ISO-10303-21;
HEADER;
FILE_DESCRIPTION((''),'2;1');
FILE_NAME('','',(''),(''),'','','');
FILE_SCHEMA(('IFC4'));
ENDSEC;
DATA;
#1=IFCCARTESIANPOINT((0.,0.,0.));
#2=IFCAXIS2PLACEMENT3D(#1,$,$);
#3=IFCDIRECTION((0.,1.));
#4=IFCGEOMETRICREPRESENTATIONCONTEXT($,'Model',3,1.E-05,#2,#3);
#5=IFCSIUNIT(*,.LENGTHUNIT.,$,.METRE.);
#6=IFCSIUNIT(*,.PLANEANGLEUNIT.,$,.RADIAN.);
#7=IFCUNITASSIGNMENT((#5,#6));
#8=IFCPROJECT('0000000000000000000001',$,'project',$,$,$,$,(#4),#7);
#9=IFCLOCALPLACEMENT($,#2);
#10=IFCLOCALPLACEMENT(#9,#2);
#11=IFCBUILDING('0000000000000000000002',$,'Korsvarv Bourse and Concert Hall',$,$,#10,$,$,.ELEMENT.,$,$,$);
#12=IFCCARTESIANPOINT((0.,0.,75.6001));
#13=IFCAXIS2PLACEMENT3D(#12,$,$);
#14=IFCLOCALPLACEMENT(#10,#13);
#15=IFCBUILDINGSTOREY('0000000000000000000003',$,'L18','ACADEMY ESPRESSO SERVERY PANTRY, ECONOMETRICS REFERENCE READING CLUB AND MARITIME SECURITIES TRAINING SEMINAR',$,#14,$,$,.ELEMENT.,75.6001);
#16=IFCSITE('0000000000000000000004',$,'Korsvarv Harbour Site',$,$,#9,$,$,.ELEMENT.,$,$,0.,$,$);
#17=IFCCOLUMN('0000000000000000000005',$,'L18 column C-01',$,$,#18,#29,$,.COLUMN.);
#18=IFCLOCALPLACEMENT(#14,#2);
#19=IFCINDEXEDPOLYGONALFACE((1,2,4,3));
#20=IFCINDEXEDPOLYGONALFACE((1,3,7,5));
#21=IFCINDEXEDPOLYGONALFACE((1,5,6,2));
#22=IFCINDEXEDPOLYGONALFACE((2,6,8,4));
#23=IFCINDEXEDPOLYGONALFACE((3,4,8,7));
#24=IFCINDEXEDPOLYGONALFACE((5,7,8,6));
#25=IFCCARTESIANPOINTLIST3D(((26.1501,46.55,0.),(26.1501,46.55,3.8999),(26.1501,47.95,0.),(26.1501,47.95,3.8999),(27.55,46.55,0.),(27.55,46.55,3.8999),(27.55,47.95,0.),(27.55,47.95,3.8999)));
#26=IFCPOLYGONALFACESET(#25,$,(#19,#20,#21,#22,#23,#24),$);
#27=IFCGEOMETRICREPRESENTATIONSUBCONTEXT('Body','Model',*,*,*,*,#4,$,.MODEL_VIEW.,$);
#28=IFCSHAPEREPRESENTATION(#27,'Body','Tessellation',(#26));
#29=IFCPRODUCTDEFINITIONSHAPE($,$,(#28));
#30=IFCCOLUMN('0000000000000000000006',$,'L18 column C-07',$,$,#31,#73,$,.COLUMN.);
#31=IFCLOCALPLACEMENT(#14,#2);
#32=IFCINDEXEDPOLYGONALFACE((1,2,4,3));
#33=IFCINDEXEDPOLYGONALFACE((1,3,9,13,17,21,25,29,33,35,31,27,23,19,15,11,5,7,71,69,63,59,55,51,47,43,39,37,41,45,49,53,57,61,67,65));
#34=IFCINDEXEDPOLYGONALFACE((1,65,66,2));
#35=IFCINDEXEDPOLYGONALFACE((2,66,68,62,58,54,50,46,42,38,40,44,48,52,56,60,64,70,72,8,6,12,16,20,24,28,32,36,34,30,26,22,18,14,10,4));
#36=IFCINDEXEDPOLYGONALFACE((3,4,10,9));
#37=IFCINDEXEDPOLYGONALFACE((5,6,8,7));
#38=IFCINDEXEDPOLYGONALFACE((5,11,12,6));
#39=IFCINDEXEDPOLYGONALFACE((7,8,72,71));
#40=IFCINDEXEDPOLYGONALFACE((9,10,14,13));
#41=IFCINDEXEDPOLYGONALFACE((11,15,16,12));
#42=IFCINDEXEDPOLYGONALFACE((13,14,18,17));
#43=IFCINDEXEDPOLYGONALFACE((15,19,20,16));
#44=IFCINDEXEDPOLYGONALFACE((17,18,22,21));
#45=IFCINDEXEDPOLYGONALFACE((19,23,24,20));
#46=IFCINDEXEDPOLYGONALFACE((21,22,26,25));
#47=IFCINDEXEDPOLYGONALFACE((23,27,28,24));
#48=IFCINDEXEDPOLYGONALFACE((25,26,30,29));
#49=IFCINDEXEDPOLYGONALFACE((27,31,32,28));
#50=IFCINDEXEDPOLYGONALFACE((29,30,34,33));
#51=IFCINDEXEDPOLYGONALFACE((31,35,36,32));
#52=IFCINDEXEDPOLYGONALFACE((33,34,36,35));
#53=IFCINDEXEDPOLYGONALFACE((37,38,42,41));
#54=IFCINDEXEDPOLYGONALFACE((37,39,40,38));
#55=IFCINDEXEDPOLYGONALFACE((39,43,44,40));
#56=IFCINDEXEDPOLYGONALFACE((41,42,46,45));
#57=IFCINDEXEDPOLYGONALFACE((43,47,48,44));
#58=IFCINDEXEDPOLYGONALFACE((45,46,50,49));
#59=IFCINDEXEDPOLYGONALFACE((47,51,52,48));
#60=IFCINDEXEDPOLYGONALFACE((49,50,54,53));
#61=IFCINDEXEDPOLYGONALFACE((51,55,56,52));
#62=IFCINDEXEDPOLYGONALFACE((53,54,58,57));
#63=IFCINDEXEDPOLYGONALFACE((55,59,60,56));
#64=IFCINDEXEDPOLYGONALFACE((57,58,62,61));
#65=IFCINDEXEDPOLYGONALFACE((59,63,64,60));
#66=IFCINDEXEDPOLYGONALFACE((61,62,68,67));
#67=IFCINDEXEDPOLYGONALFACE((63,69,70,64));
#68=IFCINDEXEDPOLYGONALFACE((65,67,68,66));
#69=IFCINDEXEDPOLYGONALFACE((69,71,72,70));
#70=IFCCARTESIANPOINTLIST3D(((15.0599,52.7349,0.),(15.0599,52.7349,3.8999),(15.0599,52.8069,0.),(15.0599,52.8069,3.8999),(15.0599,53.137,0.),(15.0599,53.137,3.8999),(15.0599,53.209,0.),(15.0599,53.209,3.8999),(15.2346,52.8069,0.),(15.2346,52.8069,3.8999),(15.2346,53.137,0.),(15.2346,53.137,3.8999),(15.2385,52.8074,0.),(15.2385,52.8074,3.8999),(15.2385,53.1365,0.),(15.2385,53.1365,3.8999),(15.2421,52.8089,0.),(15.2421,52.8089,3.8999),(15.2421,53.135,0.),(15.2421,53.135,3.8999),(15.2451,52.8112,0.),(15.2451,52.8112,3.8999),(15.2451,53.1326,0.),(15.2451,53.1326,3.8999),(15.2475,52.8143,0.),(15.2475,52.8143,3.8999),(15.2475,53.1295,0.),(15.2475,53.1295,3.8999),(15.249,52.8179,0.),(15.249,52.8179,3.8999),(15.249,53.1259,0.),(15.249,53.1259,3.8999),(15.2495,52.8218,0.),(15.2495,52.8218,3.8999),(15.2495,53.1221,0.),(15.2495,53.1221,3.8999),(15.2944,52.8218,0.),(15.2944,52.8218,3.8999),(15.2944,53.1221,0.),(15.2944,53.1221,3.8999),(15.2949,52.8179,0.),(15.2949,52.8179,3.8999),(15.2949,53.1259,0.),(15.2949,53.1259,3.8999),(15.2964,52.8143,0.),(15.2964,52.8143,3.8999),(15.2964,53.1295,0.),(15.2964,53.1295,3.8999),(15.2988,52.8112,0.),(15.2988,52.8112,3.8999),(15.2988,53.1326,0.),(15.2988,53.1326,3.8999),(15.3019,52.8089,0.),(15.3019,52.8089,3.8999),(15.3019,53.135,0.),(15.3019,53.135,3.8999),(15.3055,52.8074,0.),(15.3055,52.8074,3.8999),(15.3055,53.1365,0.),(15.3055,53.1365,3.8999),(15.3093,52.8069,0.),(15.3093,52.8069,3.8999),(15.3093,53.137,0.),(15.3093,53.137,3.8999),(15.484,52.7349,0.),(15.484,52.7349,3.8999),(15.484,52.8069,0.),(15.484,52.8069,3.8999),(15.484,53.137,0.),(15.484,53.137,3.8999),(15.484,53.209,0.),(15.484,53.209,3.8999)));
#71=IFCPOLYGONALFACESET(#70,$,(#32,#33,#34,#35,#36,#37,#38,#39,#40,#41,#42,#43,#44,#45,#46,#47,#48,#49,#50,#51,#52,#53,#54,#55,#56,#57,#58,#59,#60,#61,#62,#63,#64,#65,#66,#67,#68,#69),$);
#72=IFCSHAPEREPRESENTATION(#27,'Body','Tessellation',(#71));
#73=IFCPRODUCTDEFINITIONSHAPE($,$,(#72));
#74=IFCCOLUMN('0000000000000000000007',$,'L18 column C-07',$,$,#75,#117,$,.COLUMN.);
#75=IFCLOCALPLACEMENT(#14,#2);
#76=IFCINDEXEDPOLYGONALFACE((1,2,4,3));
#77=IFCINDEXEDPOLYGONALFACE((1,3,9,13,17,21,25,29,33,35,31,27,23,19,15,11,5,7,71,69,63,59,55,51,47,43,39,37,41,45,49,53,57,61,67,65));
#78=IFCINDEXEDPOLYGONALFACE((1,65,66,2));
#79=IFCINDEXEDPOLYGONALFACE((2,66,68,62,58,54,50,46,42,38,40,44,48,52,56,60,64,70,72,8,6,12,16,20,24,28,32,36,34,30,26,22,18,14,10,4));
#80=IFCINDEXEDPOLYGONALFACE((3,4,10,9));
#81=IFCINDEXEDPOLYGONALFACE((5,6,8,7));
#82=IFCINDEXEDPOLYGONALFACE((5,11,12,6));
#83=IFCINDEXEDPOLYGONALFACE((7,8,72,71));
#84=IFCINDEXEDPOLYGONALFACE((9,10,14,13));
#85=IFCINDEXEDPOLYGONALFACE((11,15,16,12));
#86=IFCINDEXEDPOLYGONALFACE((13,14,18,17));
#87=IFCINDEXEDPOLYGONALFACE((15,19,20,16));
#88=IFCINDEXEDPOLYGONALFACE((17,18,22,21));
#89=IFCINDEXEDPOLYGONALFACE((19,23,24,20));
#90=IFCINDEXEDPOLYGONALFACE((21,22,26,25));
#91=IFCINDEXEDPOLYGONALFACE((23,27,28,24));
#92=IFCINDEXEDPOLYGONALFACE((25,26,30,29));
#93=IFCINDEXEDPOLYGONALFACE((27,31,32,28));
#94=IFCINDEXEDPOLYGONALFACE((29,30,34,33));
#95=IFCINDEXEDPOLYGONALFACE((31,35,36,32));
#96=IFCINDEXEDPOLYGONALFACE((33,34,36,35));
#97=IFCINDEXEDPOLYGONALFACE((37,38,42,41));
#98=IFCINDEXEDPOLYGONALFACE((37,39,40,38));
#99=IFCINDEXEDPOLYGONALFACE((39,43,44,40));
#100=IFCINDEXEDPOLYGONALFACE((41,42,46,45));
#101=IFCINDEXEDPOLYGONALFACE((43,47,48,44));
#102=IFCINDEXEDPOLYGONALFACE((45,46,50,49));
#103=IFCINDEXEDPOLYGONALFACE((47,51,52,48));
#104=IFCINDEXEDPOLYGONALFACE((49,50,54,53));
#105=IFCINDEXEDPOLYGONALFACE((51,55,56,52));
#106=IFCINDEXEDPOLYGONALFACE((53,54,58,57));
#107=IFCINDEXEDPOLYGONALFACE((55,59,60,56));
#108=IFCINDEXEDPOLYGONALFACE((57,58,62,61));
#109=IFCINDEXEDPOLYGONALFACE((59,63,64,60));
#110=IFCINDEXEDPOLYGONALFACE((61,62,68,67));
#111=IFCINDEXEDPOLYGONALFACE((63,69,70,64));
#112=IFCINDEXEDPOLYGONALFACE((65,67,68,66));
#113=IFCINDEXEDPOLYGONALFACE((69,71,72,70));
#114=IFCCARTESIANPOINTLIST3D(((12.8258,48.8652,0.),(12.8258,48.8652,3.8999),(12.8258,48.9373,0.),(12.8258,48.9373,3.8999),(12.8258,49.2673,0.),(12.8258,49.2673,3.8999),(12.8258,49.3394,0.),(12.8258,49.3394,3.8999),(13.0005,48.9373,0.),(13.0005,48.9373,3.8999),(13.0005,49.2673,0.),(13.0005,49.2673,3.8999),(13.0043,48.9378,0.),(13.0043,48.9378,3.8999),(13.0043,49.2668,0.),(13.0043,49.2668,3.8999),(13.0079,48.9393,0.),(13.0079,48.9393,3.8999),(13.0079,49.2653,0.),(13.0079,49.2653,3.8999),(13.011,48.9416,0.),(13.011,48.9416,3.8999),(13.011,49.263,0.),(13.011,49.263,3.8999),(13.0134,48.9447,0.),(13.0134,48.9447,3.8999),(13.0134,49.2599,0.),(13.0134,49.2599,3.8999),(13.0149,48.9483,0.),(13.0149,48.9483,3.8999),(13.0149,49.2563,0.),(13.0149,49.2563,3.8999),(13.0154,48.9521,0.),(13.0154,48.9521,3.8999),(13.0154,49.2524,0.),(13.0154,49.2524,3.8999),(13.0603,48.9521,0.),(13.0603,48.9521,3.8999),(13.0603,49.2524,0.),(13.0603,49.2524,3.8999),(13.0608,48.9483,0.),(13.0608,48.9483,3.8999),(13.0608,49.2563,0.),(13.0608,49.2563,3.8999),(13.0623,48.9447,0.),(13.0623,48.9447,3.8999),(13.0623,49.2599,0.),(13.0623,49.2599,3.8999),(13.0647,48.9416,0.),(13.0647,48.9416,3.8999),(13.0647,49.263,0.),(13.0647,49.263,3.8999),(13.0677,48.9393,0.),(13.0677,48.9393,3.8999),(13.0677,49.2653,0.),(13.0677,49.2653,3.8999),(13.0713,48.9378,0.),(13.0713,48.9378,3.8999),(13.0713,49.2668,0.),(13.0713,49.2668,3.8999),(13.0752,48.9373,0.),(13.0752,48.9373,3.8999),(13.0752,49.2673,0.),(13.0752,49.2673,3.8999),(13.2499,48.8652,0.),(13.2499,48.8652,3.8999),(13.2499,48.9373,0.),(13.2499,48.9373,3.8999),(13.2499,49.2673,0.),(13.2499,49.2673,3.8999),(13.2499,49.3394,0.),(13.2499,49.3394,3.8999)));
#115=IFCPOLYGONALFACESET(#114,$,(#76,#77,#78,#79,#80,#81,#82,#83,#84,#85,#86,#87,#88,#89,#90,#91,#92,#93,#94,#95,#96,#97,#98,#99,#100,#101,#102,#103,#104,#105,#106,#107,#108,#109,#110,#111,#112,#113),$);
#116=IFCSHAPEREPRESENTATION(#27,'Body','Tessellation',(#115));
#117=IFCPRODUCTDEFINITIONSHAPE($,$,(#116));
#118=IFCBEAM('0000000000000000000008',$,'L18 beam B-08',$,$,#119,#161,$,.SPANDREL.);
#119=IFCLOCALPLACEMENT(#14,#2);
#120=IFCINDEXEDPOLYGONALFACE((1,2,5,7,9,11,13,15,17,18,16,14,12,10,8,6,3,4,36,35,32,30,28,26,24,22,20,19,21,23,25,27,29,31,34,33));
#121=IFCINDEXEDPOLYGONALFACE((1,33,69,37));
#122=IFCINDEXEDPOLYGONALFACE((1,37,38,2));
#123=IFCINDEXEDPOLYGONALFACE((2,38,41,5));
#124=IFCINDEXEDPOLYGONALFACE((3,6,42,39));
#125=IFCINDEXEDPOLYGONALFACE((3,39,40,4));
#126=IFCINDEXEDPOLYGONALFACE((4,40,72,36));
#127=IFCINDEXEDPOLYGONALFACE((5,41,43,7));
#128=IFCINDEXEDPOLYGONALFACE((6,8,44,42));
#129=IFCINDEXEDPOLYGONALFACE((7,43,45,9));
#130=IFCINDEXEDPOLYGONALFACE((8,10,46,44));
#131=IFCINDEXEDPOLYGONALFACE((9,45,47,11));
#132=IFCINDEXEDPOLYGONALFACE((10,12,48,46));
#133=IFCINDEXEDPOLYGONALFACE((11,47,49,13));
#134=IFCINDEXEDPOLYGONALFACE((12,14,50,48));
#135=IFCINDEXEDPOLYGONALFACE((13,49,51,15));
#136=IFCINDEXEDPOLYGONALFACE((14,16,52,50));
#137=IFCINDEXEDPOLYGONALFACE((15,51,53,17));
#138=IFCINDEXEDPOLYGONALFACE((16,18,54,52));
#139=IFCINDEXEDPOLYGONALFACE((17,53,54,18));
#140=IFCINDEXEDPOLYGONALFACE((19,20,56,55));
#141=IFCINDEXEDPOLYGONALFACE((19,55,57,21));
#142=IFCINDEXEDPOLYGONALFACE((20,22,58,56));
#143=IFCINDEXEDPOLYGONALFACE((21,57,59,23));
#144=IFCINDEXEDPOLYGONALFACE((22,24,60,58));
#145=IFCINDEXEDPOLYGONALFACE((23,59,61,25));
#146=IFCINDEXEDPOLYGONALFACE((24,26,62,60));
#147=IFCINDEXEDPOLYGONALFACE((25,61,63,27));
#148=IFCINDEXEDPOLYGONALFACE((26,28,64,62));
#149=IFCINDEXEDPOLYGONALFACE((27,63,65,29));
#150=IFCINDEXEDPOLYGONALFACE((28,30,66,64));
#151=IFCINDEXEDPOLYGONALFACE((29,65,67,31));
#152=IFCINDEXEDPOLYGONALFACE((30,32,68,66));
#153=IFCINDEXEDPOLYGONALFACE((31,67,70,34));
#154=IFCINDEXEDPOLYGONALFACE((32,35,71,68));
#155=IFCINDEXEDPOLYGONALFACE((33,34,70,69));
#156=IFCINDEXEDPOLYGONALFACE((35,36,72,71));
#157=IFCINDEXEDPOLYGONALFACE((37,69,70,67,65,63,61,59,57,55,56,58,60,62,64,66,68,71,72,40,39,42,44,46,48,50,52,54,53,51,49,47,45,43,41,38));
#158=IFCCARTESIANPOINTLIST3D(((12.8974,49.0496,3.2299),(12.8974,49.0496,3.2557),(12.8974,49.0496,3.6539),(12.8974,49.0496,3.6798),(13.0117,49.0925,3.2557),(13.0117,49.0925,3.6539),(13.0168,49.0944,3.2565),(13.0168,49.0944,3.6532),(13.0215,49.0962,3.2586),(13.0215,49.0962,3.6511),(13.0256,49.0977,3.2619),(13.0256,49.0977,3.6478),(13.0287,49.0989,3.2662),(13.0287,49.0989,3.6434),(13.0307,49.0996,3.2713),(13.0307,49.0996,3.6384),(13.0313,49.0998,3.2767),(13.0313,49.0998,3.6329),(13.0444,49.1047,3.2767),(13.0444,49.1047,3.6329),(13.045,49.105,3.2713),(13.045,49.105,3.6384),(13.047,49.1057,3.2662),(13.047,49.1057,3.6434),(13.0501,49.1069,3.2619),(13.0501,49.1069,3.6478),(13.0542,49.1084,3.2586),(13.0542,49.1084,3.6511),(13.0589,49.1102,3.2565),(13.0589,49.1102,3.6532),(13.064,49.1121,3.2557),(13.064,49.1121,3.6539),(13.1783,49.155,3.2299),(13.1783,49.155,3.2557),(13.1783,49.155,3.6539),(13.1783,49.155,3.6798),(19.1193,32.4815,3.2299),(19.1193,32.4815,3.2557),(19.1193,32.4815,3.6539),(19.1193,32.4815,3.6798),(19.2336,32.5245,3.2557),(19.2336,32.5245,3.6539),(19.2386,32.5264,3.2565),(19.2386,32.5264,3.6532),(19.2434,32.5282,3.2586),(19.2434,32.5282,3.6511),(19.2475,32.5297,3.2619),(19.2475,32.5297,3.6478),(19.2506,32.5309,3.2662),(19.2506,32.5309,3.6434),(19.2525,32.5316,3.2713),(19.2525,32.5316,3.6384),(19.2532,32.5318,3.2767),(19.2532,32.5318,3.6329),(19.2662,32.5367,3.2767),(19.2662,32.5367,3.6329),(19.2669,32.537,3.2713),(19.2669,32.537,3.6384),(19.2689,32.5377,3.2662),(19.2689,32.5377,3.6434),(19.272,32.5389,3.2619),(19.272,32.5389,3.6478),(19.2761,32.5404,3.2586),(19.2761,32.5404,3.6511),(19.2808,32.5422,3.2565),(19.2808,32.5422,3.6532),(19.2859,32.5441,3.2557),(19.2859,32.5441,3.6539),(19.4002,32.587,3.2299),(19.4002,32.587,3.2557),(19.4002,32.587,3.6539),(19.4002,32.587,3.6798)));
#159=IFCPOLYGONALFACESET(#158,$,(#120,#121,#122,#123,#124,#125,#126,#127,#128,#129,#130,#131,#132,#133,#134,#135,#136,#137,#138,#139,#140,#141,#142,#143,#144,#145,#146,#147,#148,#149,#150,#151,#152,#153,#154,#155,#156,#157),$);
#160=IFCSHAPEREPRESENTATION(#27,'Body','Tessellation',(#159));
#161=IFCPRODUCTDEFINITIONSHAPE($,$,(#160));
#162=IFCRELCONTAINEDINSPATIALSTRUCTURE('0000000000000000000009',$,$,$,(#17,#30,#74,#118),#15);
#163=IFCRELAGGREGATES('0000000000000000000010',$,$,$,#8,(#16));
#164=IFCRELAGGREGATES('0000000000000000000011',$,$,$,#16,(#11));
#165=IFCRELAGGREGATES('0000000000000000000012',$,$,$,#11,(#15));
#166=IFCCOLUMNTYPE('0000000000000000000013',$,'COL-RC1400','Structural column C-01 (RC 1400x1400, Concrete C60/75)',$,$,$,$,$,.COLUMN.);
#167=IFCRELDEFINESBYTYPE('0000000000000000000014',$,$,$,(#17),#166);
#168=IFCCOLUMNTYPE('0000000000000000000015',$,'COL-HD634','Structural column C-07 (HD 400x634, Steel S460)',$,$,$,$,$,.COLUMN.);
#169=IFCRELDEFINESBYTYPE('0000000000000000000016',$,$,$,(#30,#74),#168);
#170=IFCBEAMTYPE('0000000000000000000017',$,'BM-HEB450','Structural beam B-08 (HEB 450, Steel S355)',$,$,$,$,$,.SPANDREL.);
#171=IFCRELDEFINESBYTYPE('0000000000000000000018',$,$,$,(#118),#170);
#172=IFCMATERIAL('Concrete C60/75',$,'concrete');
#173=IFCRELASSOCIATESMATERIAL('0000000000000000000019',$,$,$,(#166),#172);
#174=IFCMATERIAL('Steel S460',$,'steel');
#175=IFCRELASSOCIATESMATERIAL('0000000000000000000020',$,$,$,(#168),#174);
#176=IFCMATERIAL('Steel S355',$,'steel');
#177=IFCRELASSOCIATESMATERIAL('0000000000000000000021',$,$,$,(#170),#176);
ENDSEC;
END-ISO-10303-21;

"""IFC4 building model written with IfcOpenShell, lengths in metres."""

from ifc_helpers import new_model, si_unit, direction, frame, origin, origin_2d, place, context, subcontext, project, spatial, rectangle, i_section, extrude, source, transform, mapped, material, material_profile, profile_set, type_object, element, save


model = new_model("IFC4")

# Units and contexts
model_context = context("Model", 3, precision=1e-05, world=origin(), true_north=direction((0.0, 1.0)))
body_context = subcontext(model_context, "Body", "Model", "MODEL_VIEW")
ifc_project = project(units=[si_unit("LENGTHUNIT", "METRE"), si_unit("PLANEANGLEUNIT", "RADIAN")], contexts=[model_context])

# Site, building, storey
site_placement = place(None, origin())
site = spatial("IfcSite", under=ifc_project, at=site_placement, Name="Korsvarv Harbour Site", CompositionType="ELEMENT", RefElevation=0.0)
building_placement = place(site_placement, origin())
building = spatial("IfcBuilding", under=site, at=building_placement, Name="Korsvarv Bourse and Concert Hall", CompositionType="ELEMENT")
storey_placement = place(building_placement, frame((0.0, 0.0, 75.6001)))
storey = spatial("IfcBuildingStorey", under=building, at=storey_placement, Name="L18", Description="ACADEMY ESPRESSO SERVERY PANTRY, ECONOMETRICS REFERENCE READING CLUB AND MARITIME SECURITIES TRAINING SEMINAR", CompositionType="ELEMENT", Elevation=75.6001)

# Columns
ifc_material_1 = material(Name="Concrete C60/75", Category="concrete")
ifc_material_profile_1 = material_profile(ifc_material_1, rectangle(XDim=1.3999, YDim=1.3999, at=origin_2d()), Name="RC 1400x1400")
ifc_profile_set_1 = profile_set([ifc_material_profile_1], Name="Concrete C60/75")
column_type_1 = type_object("IfcColumnType", Name="COL-RC1400", Description="Structural column C-01 (RC 1400x1400, Concrete C60/75)", PredefinedType="COLUMN", material=ifc_profile_set_1)
shared_shape_1 = source(origin(), body_context, "Body", "SweptSolid", [
    extrude(rectangle(XDim=1.3999, YDim=1.3999, at=origin_2d()), origin(), (0.0, 0.0, 1.0), 3.8999),
])
column_placement = place(storey_placement, frame((26.8501, 47.25, 0.0), z_axis=(0.0, 0.0, 1.0), x_axis=(1.0, 0.0, 0.0)))
element("IfcColumn", 1, at=column_placement, inside=storey, type_object=column_type_1, Name="L18 column C-01", PredefinedType="COLUMN", context=body_context, shape_type="MappedRepresentation", body=[
    mapped(shared_shape_1, transform((0.0, 0.0, 0.0), scale=1.0)),
])
ifc_material_2 = material(Name="Steel S460", Category="steel")
ifc_material_profile_2 = material_profile(ifc_material_2, i_section(OverallWidth=0.4241, OverallDepth=0.4741, WebThickness=0.0449, FlangeThickness=0.072, FilletRadius=0.0149, at=origin_2d()), Name="HD 400x634")
ifc_profile_set_2 = profile_set([ifc_material_profile_2], Name="Steel S460")
column_type_2 = type_object("IfcColumnType", Name="COL-HD634", Description="Structural column C-07 (HD 400x634, Steel S460)", PredefinedType="COLUMN", material=ifc_profile_set_2)
shared_shape_2 = source(origin(), body_context, "Body", "SweptSolid", [
    extrude(i_section(OverallWidth=0.4241, OverallDepth=0.4741, WebThickness=0.0449, FlangeThickness=0.072, FilletRadius=0.0149, at=origin_2d()), origin(), (0.0, 0.0, 1.0), 3.8999),
])
for number, where, z_axis, x_axis, name in (
    (2, (15.272, 52.9719, 0.0), (0.0, 0.0, 1.0), (1.0, 0.0, 0.0), "L18 column C-07"),
    (3, (13.0378, 49.1023, 0.0), (0.0, 0.0, 1.0), (1.0, 0.0, 0.0), "L18 column C-07"),
):
    element("IfcColumn", number, at=place(storey_placement, frame(where, z_axis=z_axis, x_axis=x_axis)), inside=storey, type_object=column_type_2, Name=name, PredefinedType="COLUMN", context=body_context, shape_type="MappedRepresentation", body=[
        mapped(shared_shape_2, transform((0.0, 0.0, 0.0), scale=1.0)),
    ])

# Beam
ifc_material_3 = material(Name="Steel S355", Category="steel")
ifc_material_profile_3 = material_profile(ifc_material_3, i_section(OverallWidth=0.3, OverallDepth=0.45, WebThickness=0.0139, FlangeThickness=0.0259, FilletRadius=0.021, at=origin_2d()), Name="HEB 450")
ifc_profile_set_3 = profile_set([ifc_material_profile_3], Name="Steel S355")
beam_type_1 = type_object("IfcBeamType", Name="BM-HEB450", Description="Structural beam B-08 (HEB 450, Steel S355)", PredefinedType="SPANDREL", material=ifc_profile_set_3)
shared_shape_3 = source(origin(), body_context, "Body", "SweptSolid", [
    extrude(i_section(OverallWidth=0.3, OverallDepth=0.45, WebThickness=0.0139, FlangeThickness=0.0259, FilletRadius=0.021, at=origin_2d()), origin(), (0.0, 0.0, 1.0), 17.6978),
])
beam_1_placement = place(storey_placement, frame((13.0378, 49.1023, 3.4548), z_axis=(0.351563, -0.936164, 0.0), x_axis=(0.936164, 0.351563, 0.0)))
element("IfcBeam", 4, at=beam_1_placement, inside=storey, type_object=beam_type_1, Name="L18 beam B-08", PredefinedType="SPANDREL", context=body_context, shape_type="MappedRepresentation", body=[
    mapped(shared_shape_3, transform((0.0, 0.0, 0.0), scale=1.0)),
])

save(model, "model.ifc")
